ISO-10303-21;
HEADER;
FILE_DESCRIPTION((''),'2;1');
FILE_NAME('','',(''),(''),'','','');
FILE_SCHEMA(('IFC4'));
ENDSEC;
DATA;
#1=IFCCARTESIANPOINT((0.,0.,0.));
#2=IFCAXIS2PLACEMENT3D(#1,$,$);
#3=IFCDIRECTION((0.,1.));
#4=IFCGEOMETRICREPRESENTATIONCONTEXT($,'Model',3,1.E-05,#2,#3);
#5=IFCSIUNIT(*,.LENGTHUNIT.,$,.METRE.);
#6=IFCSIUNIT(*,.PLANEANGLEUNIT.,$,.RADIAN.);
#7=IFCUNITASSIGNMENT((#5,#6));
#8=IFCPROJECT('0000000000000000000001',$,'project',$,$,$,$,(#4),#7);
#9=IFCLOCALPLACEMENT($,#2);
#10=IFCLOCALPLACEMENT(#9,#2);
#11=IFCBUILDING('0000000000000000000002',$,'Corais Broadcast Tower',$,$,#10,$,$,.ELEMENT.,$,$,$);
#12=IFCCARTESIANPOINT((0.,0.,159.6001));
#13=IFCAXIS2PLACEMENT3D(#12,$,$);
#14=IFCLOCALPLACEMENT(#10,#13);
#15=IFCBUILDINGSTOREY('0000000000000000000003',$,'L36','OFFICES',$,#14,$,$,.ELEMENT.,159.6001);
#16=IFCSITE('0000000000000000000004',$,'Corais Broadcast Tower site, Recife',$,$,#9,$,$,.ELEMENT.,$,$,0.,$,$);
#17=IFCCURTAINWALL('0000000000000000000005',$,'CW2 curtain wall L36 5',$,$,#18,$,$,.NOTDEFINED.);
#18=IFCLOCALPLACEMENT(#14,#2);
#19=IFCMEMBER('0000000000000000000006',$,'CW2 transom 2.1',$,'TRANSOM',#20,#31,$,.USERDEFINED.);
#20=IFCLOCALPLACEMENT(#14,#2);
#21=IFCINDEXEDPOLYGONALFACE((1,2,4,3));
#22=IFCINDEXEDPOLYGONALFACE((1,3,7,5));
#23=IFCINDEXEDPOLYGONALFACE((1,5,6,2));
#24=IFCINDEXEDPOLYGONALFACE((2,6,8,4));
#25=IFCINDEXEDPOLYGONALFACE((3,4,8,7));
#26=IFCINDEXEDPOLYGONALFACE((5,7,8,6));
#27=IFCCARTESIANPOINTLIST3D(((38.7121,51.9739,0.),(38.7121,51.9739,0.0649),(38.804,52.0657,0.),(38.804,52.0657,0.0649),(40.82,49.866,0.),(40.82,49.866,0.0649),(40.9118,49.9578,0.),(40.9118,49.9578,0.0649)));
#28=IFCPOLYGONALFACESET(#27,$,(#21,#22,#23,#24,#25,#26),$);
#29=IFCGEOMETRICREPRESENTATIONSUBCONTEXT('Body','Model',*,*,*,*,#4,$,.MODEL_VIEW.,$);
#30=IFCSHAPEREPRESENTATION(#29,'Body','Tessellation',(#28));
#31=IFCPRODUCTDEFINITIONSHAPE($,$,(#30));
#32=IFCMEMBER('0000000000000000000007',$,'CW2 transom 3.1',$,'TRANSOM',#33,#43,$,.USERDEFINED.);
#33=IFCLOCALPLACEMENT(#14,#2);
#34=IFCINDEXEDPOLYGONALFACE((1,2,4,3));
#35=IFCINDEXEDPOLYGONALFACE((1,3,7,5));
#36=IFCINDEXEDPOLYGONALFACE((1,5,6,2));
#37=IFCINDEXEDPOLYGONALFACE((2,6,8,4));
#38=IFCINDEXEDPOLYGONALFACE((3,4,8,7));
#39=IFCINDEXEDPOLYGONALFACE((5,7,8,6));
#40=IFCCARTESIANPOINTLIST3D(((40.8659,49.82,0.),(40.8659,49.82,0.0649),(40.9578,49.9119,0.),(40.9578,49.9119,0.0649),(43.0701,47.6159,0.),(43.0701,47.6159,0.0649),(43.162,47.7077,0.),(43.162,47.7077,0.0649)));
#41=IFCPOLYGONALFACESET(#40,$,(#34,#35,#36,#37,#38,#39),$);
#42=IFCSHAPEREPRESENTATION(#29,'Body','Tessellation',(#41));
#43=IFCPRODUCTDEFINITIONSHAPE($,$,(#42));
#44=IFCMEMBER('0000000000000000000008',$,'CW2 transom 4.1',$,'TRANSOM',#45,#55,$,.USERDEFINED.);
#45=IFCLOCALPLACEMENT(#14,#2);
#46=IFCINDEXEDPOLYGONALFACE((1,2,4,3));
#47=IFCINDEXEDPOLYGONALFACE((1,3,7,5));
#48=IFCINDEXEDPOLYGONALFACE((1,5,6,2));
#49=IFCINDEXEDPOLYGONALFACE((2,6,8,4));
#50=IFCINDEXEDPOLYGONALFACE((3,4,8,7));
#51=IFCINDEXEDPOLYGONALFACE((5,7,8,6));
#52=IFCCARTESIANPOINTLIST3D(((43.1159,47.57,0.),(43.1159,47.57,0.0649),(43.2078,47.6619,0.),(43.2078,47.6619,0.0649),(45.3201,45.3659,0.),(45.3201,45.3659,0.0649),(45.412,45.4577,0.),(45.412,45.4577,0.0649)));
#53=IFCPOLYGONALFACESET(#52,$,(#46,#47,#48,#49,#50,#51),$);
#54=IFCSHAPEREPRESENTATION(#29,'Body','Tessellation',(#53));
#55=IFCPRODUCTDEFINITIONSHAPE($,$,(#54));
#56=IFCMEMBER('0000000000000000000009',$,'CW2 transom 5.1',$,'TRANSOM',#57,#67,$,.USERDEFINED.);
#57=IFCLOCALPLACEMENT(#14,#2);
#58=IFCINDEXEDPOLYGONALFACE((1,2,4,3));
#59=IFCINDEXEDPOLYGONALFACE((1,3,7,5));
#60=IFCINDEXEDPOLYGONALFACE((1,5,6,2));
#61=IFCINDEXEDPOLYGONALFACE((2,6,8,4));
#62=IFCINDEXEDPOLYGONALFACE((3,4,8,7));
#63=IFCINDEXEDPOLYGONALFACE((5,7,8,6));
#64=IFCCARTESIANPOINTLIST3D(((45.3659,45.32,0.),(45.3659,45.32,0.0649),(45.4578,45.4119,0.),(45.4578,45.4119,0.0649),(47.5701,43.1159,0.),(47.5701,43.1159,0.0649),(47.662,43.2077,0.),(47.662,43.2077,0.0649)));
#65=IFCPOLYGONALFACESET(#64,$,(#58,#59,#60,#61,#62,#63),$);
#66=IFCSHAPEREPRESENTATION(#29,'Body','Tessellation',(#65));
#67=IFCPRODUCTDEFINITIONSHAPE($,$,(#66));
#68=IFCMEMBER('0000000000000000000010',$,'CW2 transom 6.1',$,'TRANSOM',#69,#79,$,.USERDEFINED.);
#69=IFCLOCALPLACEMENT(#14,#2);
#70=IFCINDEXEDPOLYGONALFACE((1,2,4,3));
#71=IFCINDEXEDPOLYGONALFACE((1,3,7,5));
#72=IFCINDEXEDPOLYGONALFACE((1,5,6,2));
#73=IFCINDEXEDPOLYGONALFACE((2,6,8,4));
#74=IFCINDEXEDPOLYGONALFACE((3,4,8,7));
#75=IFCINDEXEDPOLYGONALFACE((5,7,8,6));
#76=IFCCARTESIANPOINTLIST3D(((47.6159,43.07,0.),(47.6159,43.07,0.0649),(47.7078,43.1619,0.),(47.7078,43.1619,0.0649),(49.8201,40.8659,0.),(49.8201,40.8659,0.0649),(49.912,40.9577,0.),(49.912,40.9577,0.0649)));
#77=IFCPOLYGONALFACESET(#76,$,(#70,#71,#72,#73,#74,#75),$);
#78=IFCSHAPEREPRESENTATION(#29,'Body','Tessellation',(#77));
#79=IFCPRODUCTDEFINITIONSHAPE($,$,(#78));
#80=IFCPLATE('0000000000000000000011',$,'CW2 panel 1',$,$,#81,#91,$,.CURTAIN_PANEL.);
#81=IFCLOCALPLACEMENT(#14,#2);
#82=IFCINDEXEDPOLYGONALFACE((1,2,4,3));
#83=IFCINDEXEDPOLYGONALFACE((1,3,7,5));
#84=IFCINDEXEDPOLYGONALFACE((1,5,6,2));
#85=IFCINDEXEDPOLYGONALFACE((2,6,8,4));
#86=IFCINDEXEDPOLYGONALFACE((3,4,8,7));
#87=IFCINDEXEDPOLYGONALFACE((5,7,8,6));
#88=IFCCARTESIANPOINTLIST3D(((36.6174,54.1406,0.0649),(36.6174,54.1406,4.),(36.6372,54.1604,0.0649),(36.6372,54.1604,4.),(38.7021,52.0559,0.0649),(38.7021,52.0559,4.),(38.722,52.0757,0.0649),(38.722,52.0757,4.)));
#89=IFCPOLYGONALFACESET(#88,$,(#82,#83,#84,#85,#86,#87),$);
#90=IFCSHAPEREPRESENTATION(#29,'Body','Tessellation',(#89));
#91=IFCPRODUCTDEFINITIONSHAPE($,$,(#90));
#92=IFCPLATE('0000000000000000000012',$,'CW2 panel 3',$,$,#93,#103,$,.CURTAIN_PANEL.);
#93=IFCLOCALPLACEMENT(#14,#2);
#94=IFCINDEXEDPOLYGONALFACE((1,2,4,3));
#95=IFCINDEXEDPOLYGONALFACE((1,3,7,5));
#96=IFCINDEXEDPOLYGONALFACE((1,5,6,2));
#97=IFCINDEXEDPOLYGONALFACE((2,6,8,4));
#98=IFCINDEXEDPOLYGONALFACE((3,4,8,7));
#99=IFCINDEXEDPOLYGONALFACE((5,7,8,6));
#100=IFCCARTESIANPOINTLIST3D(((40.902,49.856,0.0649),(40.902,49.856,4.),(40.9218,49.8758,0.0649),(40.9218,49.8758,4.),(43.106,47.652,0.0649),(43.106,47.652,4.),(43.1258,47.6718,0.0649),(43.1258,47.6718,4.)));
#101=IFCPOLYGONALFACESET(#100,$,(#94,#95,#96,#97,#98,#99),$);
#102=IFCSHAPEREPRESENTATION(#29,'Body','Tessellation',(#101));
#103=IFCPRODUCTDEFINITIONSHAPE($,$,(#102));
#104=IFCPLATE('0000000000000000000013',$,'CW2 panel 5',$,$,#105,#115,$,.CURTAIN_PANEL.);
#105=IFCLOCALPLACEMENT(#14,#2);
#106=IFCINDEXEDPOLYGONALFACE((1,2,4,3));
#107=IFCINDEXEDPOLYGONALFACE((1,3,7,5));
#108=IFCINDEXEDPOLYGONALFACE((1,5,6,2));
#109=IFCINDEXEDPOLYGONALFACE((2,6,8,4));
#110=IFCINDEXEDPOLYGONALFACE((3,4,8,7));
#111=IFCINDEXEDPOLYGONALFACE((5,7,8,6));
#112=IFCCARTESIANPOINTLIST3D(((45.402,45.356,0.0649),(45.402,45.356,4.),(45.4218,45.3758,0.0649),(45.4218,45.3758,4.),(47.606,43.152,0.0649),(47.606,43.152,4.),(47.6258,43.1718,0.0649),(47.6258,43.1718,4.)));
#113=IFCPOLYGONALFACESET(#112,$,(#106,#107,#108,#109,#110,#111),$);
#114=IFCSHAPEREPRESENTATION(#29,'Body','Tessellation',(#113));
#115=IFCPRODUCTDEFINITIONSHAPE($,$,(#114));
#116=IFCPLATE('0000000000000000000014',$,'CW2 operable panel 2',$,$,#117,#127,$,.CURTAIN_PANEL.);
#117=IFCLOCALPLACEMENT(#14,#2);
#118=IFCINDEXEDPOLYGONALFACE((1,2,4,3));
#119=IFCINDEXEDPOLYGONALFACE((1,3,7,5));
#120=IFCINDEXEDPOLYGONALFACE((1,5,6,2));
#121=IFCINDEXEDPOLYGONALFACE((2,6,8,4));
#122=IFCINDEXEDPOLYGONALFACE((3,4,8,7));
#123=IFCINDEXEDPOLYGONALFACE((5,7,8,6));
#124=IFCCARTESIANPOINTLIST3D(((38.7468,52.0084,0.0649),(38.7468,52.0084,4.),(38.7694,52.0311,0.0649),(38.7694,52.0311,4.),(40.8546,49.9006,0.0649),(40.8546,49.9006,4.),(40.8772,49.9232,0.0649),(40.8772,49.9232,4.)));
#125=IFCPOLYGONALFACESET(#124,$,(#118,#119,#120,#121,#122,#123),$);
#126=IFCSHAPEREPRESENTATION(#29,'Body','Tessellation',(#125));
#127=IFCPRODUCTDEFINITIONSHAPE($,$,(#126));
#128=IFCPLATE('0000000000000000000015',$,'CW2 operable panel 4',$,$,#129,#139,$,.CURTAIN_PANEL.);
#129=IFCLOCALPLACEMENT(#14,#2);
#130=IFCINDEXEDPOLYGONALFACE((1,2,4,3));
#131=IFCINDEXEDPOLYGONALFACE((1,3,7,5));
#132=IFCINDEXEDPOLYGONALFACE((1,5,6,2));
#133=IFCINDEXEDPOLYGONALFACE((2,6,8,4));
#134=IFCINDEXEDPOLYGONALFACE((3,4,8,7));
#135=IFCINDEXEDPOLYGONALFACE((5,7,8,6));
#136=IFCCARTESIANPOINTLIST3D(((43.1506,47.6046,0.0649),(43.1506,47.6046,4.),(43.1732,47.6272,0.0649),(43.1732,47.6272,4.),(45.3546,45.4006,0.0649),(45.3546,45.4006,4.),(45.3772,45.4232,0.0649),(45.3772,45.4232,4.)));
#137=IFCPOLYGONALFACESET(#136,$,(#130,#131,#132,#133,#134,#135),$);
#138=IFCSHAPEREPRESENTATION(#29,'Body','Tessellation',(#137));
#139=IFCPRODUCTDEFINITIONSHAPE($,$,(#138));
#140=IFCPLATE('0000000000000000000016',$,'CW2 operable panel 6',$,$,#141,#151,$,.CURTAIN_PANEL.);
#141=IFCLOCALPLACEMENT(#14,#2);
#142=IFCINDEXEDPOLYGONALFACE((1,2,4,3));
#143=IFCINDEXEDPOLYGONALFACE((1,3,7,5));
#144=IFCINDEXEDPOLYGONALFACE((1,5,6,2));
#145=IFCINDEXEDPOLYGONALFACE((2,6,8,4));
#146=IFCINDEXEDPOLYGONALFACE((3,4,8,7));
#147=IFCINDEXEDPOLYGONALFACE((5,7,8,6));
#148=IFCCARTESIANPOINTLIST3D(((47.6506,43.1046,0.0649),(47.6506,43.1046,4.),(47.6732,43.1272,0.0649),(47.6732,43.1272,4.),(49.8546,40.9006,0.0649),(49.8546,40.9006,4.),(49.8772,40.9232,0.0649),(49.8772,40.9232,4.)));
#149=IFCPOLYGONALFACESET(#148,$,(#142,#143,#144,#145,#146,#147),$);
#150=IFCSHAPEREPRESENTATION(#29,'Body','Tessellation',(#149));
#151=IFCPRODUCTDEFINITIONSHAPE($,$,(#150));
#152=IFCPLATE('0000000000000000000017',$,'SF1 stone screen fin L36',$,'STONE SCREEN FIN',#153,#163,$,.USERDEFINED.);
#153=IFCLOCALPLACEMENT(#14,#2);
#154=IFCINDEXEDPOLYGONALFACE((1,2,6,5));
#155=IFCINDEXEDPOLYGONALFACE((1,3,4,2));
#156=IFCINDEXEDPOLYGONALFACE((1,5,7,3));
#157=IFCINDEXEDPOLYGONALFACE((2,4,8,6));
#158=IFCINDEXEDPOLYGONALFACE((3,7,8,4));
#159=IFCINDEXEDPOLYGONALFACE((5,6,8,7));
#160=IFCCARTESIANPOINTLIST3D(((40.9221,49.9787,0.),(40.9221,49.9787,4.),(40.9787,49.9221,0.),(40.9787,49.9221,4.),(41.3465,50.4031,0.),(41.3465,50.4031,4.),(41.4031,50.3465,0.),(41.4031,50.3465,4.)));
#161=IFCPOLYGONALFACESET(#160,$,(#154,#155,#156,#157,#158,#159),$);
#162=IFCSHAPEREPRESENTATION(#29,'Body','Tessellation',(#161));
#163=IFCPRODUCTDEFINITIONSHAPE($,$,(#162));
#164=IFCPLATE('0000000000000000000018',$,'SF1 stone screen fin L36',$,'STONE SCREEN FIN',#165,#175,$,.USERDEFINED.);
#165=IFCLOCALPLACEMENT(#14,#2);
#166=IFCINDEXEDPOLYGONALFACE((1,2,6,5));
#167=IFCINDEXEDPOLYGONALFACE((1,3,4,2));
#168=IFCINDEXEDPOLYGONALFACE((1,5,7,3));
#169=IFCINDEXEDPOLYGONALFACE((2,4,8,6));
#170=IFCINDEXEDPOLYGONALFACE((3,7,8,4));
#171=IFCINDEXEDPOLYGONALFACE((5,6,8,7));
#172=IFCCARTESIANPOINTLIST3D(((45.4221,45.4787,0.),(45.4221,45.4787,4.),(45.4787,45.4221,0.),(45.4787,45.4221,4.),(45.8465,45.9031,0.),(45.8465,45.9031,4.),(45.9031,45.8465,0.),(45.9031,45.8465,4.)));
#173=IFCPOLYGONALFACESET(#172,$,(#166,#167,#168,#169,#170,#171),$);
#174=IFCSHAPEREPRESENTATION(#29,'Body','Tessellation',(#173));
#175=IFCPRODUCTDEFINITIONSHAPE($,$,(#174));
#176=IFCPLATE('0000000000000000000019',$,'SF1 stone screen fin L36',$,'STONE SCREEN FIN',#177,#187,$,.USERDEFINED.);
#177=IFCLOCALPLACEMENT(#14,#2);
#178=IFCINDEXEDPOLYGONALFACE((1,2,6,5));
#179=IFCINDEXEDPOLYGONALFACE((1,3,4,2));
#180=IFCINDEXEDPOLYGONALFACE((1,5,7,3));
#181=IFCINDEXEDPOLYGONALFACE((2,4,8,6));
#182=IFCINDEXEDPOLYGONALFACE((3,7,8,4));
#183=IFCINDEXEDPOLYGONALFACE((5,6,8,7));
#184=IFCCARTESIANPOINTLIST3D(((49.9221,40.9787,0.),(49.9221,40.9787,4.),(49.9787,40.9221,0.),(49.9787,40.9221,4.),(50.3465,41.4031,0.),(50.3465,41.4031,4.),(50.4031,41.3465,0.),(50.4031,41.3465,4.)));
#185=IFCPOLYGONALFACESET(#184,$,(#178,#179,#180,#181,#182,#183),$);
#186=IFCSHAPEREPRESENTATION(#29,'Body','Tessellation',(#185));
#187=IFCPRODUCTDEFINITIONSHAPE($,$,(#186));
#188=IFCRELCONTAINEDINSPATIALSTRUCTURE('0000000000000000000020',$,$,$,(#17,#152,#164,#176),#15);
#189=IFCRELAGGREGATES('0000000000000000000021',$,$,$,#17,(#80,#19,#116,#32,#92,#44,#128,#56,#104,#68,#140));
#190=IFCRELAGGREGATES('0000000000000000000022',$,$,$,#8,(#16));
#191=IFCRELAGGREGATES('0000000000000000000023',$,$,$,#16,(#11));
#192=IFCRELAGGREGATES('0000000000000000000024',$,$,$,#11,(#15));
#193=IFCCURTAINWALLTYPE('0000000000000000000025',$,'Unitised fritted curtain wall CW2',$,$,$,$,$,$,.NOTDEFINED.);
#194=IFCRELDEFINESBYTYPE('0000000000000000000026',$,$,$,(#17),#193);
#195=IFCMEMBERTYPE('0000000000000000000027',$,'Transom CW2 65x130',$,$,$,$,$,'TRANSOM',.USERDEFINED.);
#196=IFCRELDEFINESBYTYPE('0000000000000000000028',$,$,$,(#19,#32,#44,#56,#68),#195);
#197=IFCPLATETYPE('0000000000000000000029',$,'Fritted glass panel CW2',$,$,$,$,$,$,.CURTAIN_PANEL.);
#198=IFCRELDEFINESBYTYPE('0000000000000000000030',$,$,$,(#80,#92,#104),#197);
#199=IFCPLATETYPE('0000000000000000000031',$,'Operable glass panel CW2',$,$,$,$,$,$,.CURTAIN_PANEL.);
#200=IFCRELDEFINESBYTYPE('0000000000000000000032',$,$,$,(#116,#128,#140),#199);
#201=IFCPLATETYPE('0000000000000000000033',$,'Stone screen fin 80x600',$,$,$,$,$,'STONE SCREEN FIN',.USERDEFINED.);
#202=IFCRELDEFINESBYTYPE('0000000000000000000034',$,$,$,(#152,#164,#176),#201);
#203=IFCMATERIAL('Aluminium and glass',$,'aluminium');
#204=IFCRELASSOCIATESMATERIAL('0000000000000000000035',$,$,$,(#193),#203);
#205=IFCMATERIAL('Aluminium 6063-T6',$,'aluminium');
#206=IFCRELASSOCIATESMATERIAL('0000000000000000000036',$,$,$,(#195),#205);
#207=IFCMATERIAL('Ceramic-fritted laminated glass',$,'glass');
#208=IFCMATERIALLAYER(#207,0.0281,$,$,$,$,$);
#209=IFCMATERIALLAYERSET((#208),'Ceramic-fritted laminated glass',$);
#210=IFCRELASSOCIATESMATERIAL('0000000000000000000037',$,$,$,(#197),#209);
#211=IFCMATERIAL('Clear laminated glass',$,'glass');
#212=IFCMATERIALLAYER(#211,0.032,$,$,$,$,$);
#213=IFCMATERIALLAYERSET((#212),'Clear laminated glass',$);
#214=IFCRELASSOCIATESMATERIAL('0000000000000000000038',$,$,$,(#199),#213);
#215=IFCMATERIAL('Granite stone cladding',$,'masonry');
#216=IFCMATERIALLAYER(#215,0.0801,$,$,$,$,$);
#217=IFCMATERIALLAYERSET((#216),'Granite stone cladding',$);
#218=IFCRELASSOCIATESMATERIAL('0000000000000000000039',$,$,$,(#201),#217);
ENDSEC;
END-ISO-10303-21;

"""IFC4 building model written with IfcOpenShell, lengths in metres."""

from ifc_helpers import new_model, si_unit, direction, frame, origin, origin_2d, place, context, subcontext, project, spatial, rectangle, extrude, material, layer, layer_set, material_profile, profile_set, type_object, element, aggregate, save


model = new_model("IFC4")

# Units and contexts
model_context = context("Model", 3, precision=1e-05, world=origin(), true_north=direction((0.0, 1.0)))
body_context = subcontext(model_context, "Body", "Model", "MODEL_VIEW")
ifc_project = project(units=[si_unit("LENGTHUNIT", "METRE"), si_unit("PLANEANGLEUNIT", "RADIAN")], contexts=[model_context])

# Site, building, storey
site_placement = place(None, origin())
site = spatial("IfcSite", under=ifc_project, at=site_placement, Name="Corais Broadcast Tower site, Recife", CompositionType="ELEMENT", RefElevation=0.0)
building_placement = place(site_placement, origin())
building = spatial("IfcBuilding", under=site, at=building_placement, Name="Corais Broadcast Tower", CompositionType="ELEMENT")
storey_placement = place(building_placement, frame((0.0, 0.0, 159.6001)))
storey = spatial("IfcBuildingStorey", under=building, at=storey_placement, Name="L36", Description="OFFICES", CompositionType="ELEMENT", Elevation=159.6001)

# Curtain wall
ifc_material_1 = material(Name="Aluminium and glass", Category="aluminium")
curtain_wall_type = type_object("IfcCurtainWallType", Name="Unitised fritted curtain wall CW2", PredefinedType="NOTDEFINED", material=ifc_material_1)
curtain_wall_placement = place(storey_placement, origin())
curtain_wall = element("IfcCurtainWall", 1, at=curtain_wall_placement, inside=storey, type_object=curtain_wall_type, Name="CW2 curtain wall L36 5", PredefinedType="NOTDEFINED")

# Members
ifc_material_2 = material(Name="Aluminium 6063-T6", Category="aluminium")
ifc_material_profile_1 = material_profile(ifc_material_2, rectangle(XDim=0.1299, YDim=0.0649, at=origin_2d()), Name="Transom CW2 65x130")
ifc_profile_set_1 = profile_set([ifc_material_profile_1], Name="Aluminium 6063-T6")
member_type_1 = type_object("IfcMemberType", Name="Transom CW2 65x130", ElementType="TRANSOM", PredefinedType="USERDEFINED", material=ifc_profile_set_1)
member_1_placement = place(storey_placement, frame((38.7581, 52.0198, 0.0325), z_axis=(0.707107, -0.707107, 0.0), x_axis=(0.707107, 0.707107, 0.0)))
member_1 = element("IfcMember", 2, at=member_1_placement, type_object=member_type_1, Name="CW2 transom 2.1", ObjectType="TRANSOM", PredefinedType="USERDEFINED", context=body_context, shape_type="SweptSolid", body=[
    extrude(rectangle(XDim=0.1299, YDim=0.0649, at=origin_2d()), origin(), (0.0, 0.0, 1.0), 2.981),
])
member_2_placement = place(storey_placement, frame((40.9119, 49.866, 0.0325), z_axis=(0.707107, -0.707107, 0.0), x_axis=(0.707107, 0.707107, 0.0)))
member_2 = element("IfcMember", 3, at=member_2_placement, type_object=member_type_1, Name="CW2 transom 3.1", ObjectType="TRANSOM", PredefinedType="USERDEFINED", context=body_context, shape_type="SweptSolid", body=[
    extrude(rectangle(XDim=0.1299, YDim=0.0649, at=origin_2d()), origin(), (0.0, 0.0, 1.0), 3.1172),
])
member_3_placement = place(storey_placement, frame((43.1619, 47.616, 0.0325), z_axis=(0.707107, -0.707107, 0.0), x_axis=(0.707107, 0.707107, 0.0)))
member_3 = element("IfcMember", 4, at=member_3_placement, type_object=member_type_1, Name="CW2 transom 4.1", ObjectType="TRANSOM", PredefinedType="USERDEFINED", context=body_context, shape_type="SweptSolid", body=[
    extrude(rectangle(XDim=0.1299, YDim=0.0649, at=origin_2d()), origin(), (0.0, 0.0, 1.0), 3.1172),
])
member_4_placement = place(storey_placement, frame((45.4119, 45.366, 0.0325), z_axis=(0.707107, -0.707107, 0.0), x_axis=(0.707107, 0.707107, 0.0)))
member_4 = element("IfcMember", 5, at=member_4_placement, type_object=member_type_1, Name="CW2 transom 5.1", ObjectType="TRANSOM", PredefinedType="USERDEFINED", context=body_context, shape_type="SweptSolid", body=[
    extrude(rectangle(XDim=0.1299, YDim=0.0649, at=origin_2d()), origin(), (0.0, 0.0, 1.0), 3.1172),
])
member_5_placement = place(storey_placement, frame((47.6619, 43.116, 0.0325), z_axis=(0.707107, -0.707107, 0.0), x_axis=(0.707107, 0.707107, 0.0)))
member_5 = element("IfcMember", 6, at=member_5_placement, type_object=member_type_1, Name="CW2 transom 6.1", ObjectType="TRANSOM", PredefinedType="USERDEFINED", context=body_context, shape_type="SweptSolid", body=[
    extrude(rectangle(XDim=0.1299, YDim=0.0649, at=origin_2d()), origin(), (0.0, 0.0, 1.0), 3.1172),
])

# Plates
ifc_material_3 = material(Name="Ceramic-fritted laminated glass", Category="glass")
ifc_layer_1 = layer(ifc_material_3, 0.0281)
ifc_layer_set_1 = layer_set([ifc_layer_1], Name="Ceramic-fritted laminated glass")
plate_type_1 = type_object("IfcPlateType", Name="Fritted glass panel CW2", PredefinedType="CURTAIN_PANEL", material=ifc_layer_set_1)
plate_1_placement = place(storey_placement, frame((37.6697, 53.1082, 0.0649), z_axis=(0.0, 0.0, 1.0), x_axis=(0.707107, -0.707107, 0.0)))
plate_1 = element("IfcPlate", 7, at=plate_1_placement, type_object=plate_type_1, Name="CW2 panel 1", PredefinedType="CURTAIN_PANEL", context=body_context, shape_type="SweptSolid", body=[
    extrude(rectangle(XDim=2.9482, YDim=0.0281, at=origin_2d()), origin(), (0.0, 0.0, 1.0), 3.9351),
])
plate_2_placement = place(storey_placement, frame((42.0139, 48.7639, 0.0649), z_axis=(0.0, 0.0, 1.0), x_axis=(0.707107, -0.707107, 0.0)))
plate_2 = element("IfcPlate", 8, at=plate_2_placement, type_object=plate_type_1, Name="CW2 panel 3", PredefinedType="CURTAIN_PANEL", context=body_context, shape_type="SweptSolid", body=[
    extrude(rectangle(XDim=3.1169, YDim=0.0281, at=origin_2d()), origin(), (0.0, 0.0, 1.0), 3.9351),
])
plate_3_placement = place(storey_placement, frame((46.5139, 44.2639, 0.0649), z_axis=(0.0, 0.0, 1.0), x_axis=(0.707107, -0.707107, 0.0)))
plate_3 = element("IfcPlate", 9, at=plate_3_placement, type_object=plate_type_1, Name="CW2 panel 5", PredefinedType="CURTAIN_PANEL", context=body_context, shape_type="SweptSolid", body=[
    extrude(rectangle(XDim=3.1169, YDim=0.0281, at=origin_2d()), origin(), (0.0, 0.0, 1.0), 3.9351),
])
ifc_material_4 = material(Name="Clear laminated glass", Category="glass")
ifc_layer_2 = layer(ifc_material_4, 0.032)
ifc_layer_set_2 = layer_set([ifc_layer_2], Name="Clear laminated glass")
plate_type_2 = type_object("IfcPlateType", Name="Operable glass panel CW2", PredefinedType="CURTAIN_PANEL", material=ifc_layer_set_2)
plate_4_placement = place(storey_placement, frame((39.812, 50.9658, 0.0649), z_axis=(0.0, 0.0, 1.0), x_axis=(0.707107, -0.707107, 0.0)))
plate_4 = element("IfcPlate", 10, at=plate_4_placement, type_object=plate_type_2, Name="CW2 operable panel 2", PredefinedType="CURTAIN_PANEL", context=body_context, shape_type="SweptSolid", body=[
    extrude(rectangle(XDim=2.981, YDim=0.032, at=origin_2d()), origin(), (0.0, 0.0, 1.0), 3.9351),
])
plate_5_placement = place(storey_placement, frame((44.2639, 46.5139, 0.0649), z_axis=(0.0, 0.0, 1.0), x_axis=(0.707107, -0.707107, 0.0)))
plate_5 = element("IfcPlate", 11, at=plate_5_placement, type_object=plate_type_2, Name="CW2 operable panel 4", PredefinedType="CURTAIN_PANEL", context=body_context, shape_type="SweptSolid", body=[
    extrude(rectangle(XDim=3.1169, YDim=0.032, at=origin_2d()), origin(), (0.0, 0.0, 1.0), 3.9351),
])
plate_6_placement = place(storey_placement, frame((48.7639, 42.0139, 0.0649), z_axis=(0.0, 0.0, 1.0), x_axis=(0.707107, -0.707107, 0.0)))
plate_6 = element("IfcPlate", 12, at=plate_6_placement, type_object=plate_type_2, Name="CW2 operable panel 6", PredefinedType="CURTAIN_PANEL", context=body_context, shape_type="SweptSolid", body=[
    extrude(rectangle(XDim=3.1169, YDim=0.032, at=origin_2d()), origin(), (0.0, 0.0, 1.0), 3.9351),
])
aggregate(curtain_wall, [plate_1, member_1, plate_4, member_2, plate_2, member_3, plate_5, member_4, plate_3, member_5, plate_6])

# Plates
ifc_material_5 = material(Name="Granite stone cladding", Category="masonry")
ifc_layer_3 = layer(ifc_material_5, 0.0801)
ifc_layer_set_3 = layer_set([ifc_layer_3], Name="Granite stone cladding")
plate_type_3 = type_object("IfcPlateType", Name="Stone screen fin 80x600", ElementType="STONE SCREEN FIN", PredefinedType="USERDEFINED", material=ifc_layer_set_3)
for number, where, z_axis, x_axis, name in (
    (13, (41.1626, 50.1626, 0.0), (0.0, 0.0, 1.0), (0.707107, -0.707107, 0.0), "SF1 stone screen fin L36"),
    (14, (45.6626, 45.6626, 0.0), (0.0, 0.0, 1.0), (0.707107, -0.707107, 0.0), "SF1 stone screen fin L36"),
    (15, (50.1626, 41.1626, 0.0), (0.0, 0.0, 1.0), (0.707107, -0.707107, 0.0), "SF1 stone screen fin L36"),
):
    element("IfcPlate", number, at=place(storey_placement, frame(where, z_axis=z_axis, x_axis=x_axis)), inside=storey, type_object=plate_type_3, Name=name, ObjectType="STONE SCREEN FIN", PredefinedType="USERDEFINED", context=body_context, shape_type="SweptSolid", body=[
        extrude(rectangle(XDim=0.0801, YDim=0.6001, at=origin_2d()), origin(), (0.0, 0.0, 1.0), 4.0),
    ])

save(model, "model.ifc")
